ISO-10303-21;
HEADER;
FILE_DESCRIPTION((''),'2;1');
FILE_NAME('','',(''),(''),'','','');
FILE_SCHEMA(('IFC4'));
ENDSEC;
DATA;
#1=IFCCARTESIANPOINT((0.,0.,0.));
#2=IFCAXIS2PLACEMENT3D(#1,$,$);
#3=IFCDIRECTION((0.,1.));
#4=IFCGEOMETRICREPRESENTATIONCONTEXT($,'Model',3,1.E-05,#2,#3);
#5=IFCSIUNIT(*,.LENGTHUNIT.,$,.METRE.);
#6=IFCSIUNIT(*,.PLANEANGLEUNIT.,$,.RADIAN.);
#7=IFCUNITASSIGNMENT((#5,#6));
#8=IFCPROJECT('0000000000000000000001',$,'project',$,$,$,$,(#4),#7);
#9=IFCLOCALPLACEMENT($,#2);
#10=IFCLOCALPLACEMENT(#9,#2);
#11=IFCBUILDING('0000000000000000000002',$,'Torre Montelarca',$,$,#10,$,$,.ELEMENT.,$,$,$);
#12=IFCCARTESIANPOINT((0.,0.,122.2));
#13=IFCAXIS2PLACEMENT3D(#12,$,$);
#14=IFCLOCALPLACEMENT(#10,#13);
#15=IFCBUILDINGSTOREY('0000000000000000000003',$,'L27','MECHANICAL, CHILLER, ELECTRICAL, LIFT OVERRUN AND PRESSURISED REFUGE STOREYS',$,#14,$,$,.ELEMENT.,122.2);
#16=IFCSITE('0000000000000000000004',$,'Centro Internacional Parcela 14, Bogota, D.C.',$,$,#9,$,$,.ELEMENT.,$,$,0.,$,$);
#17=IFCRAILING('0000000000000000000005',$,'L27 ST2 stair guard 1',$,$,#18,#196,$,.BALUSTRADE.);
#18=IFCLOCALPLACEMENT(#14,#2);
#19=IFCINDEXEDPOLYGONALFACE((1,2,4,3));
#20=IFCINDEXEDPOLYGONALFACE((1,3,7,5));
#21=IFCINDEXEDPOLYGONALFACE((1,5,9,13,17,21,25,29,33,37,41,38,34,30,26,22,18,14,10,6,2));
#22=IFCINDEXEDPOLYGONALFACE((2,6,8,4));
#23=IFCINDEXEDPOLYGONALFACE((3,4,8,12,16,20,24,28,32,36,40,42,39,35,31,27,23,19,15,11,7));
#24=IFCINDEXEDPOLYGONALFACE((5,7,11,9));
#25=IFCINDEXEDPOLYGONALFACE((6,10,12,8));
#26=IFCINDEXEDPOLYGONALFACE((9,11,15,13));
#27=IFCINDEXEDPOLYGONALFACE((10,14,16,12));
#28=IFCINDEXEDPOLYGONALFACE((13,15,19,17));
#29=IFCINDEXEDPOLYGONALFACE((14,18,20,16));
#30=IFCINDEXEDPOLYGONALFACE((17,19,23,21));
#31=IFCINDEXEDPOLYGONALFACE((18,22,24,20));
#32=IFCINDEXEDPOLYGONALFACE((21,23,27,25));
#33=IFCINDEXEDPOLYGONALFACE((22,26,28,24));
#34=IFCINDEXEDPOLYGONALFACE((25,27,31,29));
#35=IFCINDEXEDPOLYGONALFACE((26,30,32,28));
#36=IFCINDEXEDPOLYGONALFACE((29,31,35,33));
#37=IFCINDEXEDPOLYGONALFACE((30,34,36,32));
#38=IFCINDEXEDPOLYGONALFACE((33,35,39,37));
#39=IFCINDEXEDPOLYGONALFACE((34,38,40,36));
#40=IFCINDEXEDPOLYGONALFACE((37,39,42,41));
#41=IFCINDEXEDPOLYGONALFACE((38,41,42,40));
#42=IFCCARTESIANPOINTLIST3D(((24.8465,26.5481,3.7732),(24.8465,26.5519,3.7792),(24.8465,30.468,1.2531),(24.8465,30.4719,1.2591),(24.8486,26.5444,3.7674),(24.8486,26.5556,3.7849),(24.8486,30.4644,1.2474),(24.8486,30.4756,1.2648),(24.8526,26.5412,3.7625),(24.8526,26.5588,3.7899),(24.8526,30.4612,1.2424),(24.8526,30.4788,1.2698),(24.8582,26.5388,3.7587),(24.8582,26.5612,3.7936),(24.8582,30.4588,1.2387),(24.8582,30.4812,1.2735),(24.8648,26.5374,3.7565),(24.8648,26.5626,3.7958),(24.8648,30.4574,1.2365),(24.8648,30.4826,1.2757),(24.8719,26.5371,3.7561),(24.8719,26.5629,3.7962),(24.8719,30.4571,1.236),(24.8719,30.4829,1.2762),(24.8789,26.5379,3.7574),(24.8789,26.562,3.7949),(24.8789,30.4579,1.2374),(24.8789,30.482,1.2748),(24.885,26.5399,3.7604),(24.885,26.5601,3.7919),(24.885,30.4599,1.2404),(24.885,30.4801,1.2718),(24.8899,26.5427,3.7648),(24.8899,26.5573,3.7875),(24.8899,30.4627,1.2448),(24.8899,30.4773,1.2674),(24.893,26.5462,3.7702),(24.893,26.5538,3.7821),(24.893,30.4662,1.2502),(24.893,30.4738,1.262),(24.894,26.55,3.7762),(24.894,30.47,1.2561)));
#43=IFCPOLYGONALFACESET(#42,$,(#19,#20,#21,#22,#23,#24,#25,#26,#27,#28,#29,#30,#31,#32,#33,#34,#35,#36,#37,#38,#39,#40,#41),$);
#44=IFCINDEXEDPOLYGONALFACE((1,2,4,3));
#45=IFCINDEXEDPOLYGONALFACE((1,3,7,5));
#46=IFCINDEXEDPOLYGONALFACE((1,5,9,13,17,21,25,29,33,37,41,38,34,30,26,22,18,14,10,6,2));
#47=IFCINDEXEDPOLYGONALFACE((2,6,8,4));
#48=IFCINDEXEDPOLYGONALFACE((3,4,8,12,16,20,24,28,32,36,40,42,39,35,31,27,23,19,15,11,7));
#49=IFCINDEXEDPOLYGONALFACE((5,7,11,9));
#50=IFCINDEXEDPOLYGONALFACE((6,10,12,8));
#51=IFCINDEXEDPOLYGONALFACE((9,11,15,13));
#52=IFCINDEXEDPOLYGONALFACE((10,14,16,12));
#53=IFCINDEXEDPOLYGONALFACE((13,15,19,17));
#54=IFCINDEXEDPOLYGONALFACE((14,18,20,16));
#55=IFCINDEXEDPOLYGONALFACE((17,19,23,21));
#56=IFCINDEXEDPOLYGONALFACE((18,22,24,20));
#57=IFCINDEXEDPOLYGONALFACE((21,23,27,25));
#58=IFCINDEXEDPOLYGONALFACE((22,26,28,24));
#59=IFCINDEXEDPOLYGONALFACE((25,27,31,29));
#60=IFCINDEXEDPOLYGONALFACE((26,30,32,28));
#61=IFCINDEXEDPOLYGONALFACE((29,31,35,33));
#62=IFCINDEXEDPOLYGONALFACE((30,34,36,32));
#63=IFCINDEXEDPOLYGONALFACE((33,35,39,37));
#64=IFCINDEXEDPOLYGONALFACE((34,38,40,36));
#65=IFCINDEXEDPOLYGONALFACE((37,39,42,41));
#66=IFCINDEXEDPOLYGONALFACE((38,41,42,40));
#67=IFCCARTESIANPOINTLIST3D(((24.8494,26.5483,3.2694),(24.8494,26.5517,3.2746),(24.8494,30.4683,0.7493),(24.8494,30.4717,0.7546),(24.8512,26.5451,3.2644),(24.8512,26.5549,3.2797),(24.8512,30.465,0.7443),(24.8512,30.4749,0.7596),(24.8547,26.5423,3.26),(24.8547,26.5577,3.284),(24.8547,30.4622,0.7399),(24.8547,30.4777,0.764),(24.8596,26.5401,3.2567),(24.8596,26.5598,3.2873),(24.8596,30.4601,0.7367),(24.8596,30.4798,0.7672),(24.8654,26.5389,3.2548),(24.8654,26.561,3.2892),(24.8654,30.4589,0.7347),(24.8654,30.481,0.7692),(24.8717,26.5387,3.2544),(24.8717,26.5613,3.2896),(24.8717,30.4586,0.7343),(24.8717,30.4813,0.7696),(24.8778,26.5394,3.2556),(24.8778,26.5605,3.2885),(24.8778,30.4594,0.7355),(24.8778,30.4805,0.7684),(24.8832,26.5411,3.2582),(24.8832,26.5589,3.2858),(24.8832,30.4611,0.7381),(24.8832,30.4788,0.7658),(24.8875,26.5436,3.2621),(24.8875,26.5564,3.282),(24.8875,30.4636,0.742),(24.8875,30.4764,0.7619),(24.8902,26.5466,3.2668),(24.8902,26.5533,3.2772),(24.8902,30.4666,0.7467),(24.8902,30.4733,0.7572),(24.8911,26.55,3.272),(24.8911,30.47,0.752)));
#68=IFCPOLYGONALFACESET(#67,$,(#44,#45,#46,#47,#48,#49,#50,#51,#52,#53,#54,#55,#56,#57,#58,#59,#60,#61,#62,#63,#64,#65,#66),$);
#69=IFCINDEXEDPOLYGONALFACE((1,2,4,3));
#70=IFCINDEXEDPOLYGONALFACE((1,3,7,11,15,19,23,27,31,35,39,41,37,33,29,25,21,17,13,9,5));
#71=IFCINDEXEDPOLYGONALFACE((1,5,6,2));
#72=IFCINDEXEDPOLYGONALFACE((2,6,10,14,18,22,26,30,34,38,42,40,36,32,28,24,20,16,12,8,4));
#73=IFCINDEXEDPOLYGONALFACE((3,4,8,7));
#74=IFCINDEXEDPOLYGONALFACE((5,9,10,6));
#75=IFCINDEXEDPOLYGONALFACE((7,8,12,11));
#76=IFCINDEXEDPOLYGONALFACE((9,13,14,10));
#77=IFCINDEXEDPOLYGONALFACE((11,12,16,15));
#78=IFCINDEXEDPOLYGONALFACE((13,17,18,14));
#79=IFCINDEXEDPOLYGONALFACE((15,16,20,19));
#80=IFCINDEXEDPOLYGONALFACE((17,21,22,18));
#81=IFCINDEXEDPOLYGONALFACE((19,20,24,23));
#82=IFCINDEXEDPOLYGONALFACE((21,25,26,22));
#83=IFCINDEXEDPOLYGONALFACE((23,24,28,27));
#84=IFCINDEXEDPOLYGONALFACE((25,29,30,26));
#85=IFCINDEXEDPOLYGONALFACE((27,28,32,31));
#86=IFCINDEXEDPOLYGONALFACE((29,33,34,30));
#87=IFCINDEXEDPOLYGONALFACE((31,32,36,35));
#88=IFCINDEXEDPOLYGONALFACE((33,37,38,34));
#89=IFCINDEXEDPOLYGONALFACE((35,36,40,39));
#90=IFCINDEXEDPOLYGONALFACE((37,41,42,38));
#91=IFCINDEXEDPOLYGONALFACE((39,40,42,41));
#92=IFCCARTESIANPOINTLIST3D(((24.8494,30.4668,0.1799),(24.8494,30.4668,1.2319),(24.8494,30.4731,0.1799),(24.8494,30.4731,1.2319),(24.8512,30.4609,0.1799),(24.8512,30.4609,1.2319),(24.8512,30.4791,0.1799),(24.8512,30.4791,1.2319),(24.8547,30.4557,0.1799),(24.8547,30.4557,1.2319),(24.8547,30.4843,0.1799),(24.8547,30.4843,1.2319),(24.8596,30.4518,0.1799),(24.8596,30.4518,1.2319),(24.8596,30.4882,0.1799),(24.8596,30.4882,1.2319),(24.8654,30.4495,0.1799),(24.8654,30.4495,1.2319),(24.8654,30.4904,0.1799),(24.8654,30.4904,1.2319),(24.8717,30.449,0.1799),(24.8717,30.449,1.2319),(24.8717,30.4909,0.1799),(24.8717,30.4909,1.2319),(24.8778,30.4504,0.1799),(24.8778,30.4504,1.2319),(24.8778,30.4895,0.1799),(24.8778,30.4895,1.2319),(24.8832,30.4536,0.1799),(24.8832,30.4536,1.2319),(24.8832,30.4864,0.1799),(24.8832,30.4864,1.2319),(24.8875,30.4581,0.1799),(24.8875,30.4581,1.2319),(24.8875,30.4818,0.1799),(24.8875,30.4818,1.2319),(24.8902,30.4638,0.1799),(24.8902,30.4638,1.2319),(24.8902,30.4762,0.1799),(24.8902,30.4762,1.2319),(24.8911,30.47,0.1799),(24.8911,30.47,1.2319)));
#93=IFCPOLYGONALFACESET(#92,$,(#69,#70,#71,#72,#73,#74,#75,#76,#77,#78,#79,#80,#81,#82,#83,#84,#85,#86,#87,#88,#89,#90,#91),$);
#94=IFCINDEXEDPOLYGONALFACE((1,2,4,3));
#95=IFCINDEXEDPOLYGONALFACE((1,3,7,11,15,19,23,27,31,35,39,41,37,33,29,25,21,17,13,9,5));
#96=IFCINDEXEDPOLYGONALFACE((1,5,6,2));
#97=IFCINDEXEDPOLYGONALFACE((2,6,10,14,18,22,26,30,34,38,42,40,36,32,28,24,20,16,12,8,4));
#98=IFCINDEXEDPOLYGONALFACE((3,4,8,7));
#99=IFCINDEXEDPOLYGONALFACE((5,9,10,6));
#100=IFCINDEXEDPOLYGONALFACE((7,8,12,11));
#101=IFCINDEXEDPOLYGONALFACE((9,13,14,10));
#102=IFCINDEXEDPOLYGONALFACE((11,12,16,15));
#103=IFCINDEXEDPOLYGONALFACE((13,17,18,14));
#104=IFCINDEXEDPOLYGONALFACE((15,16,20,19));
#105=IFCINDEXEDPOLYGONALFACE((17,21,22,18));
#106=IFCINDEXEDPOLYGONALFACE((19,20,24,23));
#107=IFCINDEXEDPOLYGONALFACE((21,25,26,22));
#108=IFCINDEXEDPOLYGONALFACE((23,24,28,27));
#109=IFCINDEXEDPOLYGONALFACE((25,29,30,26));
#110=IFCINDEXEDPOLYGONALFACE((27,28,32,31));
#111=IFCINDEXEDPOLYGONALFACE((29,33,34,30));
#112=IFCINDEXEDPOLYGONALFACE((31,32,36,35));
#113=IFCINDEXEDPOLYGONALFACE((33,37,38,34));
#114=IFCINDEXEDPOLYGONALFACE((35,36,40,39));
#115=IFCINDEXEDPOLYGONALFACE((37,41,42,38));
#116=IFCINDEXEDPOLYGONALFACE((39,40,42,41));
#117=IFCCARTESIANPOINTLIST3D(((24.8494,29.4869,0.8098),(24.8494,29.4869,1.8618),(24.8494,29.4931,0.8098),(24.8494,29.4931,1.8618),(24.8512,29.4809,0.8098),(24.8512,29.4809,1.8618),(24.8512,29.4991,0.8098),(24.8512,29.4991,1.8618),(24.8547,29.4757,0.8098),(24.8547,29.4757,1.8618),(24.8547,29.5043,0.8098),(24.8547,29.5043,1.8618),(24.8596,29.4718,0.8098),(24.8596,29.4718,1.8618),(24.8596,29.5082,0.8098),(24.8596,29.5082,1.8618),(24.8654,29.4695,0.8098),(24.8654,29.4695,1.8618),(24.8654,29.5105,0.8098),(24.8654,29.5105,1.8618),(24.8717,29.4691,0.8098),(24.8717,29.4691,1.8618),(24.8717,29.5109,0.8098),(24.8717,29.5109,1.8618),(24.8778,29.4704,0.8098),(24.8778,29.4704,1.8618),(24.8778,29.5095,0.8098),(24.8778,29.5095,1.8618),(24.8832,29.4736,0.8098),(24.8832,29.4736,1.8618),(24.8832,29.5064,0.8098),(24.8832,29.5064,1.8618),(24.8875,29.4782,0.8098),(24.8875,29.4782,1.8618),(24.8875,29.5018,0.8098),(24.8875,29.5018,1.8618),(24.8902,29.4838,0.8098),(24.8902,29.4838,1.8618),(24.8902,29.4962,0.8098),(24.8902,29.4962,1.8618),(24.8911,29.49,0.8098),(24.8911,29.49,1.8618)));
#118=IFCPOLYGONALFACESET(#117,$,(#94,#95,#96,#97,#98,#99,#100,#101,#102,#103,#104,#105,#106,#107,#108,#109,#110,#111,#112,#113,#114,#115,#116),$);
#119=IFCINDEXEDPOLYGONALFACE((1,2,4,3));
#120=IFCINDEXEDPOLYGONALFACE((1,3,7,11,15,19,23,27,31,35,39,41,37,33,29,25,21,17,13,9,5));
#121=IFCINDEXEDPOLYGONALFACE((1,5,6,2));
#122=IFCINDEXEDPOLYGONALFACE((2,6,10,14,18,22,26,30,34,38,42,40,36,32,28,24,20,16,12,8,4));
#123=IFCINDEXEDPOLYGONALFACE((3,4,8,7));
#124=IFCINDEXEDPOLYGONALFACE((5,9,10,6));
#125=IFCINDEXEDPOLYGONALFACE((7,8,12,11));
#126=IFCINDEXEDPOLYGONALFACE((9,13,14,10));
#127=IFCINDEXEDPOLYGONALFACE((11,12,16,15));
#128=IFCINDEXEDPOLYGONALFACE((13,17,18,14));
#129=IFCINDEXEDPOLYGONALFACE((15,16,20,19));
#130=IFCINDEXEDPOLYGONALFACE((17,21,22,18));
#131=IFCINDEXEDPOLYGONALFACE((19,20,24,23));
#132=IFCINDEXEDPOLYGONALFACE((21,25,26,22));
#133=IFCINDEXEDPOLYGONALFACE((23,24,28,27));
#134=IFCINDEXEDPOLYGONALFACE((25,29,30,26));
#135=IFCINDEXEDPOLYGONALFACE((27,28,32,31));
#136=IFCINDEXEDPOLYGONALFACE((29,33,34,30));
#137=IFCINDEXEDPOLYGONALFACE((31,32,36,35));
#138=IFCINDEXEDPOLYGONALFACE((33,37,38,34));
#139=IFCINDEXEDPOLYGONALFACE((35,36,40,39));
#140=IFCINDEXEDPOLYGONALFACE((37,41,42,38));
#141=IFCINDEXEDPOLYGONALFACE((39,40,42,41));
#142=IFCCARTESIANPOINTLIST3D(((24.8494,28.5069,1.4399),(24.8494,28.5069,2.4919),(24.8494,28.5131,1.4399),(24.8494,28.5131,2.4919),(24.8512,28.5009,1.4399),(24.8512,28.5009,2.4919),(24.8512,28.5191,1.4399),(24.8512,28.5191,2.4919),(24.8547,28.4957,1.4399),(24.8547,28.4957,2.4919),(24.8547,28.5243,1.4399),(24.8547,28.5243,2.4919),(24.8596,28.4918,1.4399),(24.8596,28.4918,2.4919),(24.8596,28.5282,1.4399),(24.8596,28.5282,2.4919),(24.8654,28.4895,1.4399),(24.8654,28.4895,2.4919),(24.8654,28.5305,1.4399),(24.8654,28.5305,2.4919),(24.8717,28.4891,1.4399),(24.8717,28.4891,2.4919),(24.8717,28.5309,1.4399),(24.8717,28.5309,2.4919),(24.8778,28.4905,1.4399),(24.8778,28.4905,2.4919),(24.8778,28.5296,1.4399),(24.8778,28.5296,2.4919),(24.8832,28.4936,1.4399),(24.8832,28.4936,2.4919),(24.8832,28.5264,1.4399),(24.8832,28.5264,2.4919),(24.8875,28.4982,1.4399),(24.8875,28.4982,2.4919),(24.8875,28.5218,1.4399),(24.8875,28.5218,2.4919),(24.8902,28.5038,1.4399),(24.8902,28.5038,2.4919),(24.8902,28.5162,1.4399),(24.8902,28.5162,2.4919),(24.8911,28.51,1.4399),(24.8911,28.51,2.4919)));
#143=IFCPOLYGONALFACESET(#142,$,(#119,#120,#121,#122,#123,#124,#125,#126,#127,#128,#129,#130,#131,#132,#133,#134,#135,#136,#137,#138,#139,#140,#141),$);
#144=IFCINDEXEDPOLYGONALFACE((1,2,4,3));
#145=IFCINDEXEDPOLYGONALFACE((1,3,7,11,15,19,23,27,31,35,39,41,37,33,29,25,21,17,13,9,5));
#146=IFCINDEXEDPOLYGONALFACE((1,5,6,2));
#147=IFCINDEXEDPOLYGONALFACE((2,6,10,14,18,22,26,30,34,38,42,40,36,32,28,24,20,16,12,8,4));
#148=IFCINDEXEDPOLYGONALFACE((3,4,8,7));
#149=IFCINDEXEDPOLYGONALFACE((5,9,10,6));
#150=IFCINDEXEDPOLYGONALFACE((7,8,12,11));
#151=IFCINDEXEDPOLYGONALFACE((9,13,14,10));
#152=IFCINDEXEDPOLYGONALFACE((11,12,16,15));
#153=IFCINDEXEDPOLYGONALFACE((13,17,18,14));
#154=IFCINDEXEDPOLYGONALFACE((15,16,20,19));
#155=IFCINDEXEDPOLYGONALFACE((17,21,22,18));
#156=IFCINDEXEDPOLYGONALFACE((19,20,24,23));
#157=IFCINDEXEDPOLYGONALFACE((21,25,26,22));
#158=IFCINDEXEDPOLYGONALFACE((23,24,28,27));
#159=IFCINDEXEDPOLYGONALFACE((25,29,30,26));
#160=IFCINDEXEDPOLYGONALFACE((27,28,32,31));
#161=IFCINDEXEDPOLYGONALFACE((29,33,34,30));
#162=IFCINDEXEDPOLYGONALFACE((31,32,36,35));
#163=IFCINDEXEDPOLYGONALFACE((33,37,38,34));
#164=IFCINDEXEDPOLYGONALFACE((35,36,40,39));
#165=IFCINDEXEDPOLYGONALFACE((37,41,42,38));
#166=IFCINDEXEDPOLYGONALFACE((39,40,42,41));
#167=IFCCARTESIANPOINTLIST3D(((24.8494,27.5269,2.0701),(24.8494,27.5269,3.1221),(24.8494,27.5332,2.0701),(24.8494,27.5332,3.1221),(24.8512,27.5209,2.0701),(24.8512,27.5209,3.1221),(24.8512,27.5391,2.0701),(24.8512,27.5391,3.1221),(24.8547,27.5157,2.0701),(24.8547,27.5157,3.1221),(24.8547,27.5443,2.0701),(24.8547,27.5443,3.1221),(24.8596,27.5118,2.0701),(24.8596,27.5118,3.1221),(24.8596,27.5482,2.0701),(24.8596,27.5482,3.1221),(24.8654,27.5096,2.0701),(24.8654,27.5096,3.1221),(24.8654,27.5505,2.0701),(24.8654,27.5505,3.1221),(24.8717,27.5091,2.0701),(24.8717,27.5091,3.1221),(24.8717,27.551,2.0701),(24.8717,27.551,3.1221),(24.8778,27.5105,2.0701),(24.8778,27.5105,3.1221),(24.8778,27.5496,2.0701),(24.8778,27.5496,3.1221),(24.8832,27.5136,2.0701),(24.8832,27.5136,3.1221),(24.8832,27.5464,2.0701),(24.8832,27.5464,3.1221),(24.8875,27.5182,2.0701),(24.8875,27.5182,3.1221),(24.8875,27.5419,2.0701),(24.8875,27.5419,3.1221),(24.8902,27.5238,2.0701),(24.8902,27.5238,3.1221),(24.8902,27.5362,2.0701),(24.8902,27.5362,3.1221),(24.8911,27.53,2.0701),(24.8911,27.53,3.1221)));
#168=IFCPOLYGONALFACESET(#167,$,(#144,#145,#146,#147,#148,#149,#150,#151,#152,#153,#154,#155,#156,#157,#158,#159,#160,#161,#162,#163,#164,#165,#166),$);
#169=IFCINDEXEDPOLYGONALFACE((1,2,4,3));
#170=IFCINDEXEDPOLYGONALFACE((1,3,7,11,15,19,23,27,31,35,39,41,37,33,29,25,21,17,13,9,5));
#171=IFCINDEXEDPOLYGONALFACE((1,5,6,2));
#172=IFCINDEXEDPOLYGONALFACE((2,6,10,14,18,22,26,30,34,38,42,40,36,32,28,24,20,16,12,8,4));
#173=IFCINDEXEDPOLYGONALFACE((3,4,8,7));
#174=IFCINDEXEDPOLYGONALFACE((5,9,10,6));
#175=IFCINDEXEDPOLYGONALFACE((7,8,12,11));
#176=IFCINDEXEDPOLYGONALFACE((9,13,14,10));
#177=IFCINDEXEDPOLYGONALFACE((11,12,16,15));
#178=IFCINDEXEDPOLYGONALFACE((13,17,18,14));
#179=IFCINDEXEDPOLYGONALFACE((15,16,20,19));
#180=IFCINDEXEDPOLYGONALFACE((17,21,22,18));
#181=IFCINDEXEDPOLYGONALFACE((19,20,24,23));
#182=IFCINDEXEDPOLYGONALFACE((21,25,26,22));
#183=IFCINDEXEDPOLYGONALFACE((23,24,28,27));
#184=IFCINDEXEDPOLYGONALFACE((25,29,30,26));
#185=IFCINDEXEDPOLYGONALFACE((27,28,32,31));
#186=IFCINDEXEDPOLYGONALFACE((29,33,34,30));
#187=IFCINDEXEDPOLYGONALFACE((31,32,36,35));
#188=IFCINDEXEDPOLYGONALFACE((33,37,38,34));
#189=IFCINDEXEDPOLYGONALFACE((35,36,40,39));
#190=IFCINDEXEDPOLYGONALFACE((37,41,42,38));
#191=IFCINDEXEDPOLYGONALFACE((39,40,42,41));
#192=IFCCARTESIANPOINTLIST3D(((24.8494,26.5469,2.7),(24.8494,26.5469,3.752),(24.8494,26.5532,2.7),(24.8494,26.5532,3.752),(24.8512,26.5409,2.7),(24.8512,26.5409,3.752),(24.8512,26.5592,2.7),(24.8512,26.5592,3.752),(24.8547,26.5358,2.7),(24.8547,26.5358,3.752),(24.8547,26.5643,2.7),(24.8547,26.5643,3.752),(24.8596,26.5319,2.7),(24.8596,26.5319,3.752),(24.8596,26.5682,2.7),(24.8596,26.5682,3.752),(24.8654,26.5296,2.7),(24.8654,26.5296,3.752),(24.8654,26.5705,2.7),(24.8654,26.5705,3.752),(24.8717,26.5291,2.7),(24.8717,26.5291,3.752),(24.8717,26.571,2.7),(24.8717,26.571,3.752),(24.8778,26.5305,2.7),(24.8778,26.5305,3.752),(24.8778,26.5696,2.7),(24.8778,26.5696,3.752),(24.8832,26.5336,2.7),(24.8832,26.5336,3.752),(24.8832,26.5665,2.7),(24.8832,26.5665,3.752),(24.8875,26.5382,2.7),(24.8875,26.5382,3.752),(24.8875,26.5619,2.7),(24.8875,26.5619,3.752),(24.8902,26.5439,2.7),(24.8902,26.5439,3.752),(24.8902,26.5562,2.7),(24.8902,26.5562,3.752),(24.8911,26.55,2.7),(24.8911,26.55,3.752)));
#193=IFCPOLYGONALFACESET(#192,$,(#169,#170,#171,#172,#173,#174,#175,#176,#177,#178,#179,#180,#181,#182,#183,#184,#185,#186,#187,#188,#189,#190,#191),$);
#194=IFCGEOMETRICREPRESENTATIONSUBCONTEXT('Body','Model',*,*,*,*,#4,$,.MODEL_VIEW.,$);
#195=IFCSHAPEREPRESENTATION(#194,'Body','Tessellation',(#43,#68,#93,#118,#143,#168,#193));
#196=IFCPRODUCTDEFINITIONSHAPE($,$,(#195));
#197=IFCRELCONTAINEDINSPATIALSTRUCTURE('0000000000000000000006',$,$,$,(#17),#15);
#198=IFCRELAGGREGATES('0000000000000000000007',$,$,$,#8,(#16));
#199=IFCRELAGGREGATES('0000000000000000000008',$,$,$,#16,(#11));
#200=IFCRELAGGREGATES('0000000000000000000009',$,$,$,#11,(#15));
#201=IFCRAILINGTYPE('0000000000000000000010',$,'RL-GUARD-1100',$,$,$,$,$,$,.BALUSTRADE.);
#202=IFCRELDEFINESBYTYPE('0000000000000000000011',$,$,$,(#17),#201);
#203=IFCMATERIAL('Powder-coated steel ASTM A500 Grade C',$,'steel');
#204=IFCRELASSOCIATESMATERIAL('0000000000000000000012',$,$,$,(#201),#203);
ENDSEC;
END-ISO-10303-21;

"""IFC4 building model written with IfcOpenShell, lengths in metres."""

from ifc_helpers import new_model, si_unit, direction, frame, origin, origin_2d, place, context, subcontext, project, spatial, circle, extrude, material, type_object, element, save


model = new_model("IFC4")

# Units and contexts
model_context = context("Model", 3, precision=1e-05, world=origin(), true_north=direction((0.0, 1.0)))
body_context = subcontext(model_context, "Body", "Model", "MODEL_VIEW")
ifc_project = project(units=[si_unit("LENGTHUNIT", "METRE"), si_unit("PLANEANGLEUNIT", "RADIAN")], contexts=[model_context])

# Site, building, storey
site_placement = place(None, origin())
site = spatial("IfcSite", under=ifc_project, at=site_placement, Name="Centro Internacional Parcela 14, Bogota, D.C.", CompositionType="ELEMENT", RefElevation=0.0)
building_placement = place(site_placement, origin())
building = spatial("IfcBuilding", under=site, at=building_placement, Name="Torre Montelarca", CompositionType="ELEMENT")
storey_placement = place(building_placement, frame((0.0, 0.0, 122.2)))
storey = spatial("IfcBuildingStorey", under=building, at=storey_placement, Name="L27", Description="MECHANICAL, CHILLER, ELECTRICAL, LIFT OVERRUN AND PRESSURISED REFUGE STOREYS", CompositionType="ELEMENT", Elevation=122.2)

# Railing
ifc_material_1 = material(Name="Powder-coated steel ASTM A500 Grade C", Category="steel")
railing_type_1 = type_object("IfcRailingType", Name="RL-GUARD-1100", PredefinedType="BALUSTRADE", material=ifc_material_1)
railing_1_placement = place(storey_placement, frame((24.8701, 30.47, 0.1799)))
element("IfcRailing", 1, at=railing_1_placement, inside=storey, type_object=railing_type_1, Name="L27 ST2 stair guard 1", PredefinedType="BALUSTRADE", context=body_context, shape_type="SweptSolid", body=[
    extrude(circle(Radius=0.0239, at=origin_2d()), frame((0.0, 0.0, 1.0762), z_axis=(0.0, -0.841172, 0.540768), x_axis=(1.0, 0.0, 0.0)), (0.0, 0.0, 1.0), 4.6602),
    extrude(circle(Radius=0.021, at=origin_2d()), frame((0.0, 0.0, 0.572), z_axis=(0.0, -0.841172, 0.540768), x_axis=(1.0, 0.0, 0.0)), (0.0, 0.0, 1.0), 4.6602),
    extrude(circle(Radius=0.021, at=origin_2d()), origin(), (0.0, 0.0, 1.0), 1.052),
    extrude(circle(Radius=0.021, at=origin_2d()), frame((0.0, -0.98, 0.6299)), (0.0, 0.0, 1.0), 1.052),
    extrude(circle(Radius=0.021, at=origin_2d()), frame((0.0, -1.96, 1.26)), (0.0, 0.0, 1.0), 1.052),
    extrude(circle(Radius=0.021, at=origin_2d()), frame((0.0, -2.9399, 1.8901)), (0.0, 0.0, 1.0), 1.052),
    extrude(circle(Radius=0.021, at=origin_2d()), frame((0.0, -3.9199, 2.52)), (0.0, 0.0, 1.0), 1.052),
])

save(model, "model.ifc")
